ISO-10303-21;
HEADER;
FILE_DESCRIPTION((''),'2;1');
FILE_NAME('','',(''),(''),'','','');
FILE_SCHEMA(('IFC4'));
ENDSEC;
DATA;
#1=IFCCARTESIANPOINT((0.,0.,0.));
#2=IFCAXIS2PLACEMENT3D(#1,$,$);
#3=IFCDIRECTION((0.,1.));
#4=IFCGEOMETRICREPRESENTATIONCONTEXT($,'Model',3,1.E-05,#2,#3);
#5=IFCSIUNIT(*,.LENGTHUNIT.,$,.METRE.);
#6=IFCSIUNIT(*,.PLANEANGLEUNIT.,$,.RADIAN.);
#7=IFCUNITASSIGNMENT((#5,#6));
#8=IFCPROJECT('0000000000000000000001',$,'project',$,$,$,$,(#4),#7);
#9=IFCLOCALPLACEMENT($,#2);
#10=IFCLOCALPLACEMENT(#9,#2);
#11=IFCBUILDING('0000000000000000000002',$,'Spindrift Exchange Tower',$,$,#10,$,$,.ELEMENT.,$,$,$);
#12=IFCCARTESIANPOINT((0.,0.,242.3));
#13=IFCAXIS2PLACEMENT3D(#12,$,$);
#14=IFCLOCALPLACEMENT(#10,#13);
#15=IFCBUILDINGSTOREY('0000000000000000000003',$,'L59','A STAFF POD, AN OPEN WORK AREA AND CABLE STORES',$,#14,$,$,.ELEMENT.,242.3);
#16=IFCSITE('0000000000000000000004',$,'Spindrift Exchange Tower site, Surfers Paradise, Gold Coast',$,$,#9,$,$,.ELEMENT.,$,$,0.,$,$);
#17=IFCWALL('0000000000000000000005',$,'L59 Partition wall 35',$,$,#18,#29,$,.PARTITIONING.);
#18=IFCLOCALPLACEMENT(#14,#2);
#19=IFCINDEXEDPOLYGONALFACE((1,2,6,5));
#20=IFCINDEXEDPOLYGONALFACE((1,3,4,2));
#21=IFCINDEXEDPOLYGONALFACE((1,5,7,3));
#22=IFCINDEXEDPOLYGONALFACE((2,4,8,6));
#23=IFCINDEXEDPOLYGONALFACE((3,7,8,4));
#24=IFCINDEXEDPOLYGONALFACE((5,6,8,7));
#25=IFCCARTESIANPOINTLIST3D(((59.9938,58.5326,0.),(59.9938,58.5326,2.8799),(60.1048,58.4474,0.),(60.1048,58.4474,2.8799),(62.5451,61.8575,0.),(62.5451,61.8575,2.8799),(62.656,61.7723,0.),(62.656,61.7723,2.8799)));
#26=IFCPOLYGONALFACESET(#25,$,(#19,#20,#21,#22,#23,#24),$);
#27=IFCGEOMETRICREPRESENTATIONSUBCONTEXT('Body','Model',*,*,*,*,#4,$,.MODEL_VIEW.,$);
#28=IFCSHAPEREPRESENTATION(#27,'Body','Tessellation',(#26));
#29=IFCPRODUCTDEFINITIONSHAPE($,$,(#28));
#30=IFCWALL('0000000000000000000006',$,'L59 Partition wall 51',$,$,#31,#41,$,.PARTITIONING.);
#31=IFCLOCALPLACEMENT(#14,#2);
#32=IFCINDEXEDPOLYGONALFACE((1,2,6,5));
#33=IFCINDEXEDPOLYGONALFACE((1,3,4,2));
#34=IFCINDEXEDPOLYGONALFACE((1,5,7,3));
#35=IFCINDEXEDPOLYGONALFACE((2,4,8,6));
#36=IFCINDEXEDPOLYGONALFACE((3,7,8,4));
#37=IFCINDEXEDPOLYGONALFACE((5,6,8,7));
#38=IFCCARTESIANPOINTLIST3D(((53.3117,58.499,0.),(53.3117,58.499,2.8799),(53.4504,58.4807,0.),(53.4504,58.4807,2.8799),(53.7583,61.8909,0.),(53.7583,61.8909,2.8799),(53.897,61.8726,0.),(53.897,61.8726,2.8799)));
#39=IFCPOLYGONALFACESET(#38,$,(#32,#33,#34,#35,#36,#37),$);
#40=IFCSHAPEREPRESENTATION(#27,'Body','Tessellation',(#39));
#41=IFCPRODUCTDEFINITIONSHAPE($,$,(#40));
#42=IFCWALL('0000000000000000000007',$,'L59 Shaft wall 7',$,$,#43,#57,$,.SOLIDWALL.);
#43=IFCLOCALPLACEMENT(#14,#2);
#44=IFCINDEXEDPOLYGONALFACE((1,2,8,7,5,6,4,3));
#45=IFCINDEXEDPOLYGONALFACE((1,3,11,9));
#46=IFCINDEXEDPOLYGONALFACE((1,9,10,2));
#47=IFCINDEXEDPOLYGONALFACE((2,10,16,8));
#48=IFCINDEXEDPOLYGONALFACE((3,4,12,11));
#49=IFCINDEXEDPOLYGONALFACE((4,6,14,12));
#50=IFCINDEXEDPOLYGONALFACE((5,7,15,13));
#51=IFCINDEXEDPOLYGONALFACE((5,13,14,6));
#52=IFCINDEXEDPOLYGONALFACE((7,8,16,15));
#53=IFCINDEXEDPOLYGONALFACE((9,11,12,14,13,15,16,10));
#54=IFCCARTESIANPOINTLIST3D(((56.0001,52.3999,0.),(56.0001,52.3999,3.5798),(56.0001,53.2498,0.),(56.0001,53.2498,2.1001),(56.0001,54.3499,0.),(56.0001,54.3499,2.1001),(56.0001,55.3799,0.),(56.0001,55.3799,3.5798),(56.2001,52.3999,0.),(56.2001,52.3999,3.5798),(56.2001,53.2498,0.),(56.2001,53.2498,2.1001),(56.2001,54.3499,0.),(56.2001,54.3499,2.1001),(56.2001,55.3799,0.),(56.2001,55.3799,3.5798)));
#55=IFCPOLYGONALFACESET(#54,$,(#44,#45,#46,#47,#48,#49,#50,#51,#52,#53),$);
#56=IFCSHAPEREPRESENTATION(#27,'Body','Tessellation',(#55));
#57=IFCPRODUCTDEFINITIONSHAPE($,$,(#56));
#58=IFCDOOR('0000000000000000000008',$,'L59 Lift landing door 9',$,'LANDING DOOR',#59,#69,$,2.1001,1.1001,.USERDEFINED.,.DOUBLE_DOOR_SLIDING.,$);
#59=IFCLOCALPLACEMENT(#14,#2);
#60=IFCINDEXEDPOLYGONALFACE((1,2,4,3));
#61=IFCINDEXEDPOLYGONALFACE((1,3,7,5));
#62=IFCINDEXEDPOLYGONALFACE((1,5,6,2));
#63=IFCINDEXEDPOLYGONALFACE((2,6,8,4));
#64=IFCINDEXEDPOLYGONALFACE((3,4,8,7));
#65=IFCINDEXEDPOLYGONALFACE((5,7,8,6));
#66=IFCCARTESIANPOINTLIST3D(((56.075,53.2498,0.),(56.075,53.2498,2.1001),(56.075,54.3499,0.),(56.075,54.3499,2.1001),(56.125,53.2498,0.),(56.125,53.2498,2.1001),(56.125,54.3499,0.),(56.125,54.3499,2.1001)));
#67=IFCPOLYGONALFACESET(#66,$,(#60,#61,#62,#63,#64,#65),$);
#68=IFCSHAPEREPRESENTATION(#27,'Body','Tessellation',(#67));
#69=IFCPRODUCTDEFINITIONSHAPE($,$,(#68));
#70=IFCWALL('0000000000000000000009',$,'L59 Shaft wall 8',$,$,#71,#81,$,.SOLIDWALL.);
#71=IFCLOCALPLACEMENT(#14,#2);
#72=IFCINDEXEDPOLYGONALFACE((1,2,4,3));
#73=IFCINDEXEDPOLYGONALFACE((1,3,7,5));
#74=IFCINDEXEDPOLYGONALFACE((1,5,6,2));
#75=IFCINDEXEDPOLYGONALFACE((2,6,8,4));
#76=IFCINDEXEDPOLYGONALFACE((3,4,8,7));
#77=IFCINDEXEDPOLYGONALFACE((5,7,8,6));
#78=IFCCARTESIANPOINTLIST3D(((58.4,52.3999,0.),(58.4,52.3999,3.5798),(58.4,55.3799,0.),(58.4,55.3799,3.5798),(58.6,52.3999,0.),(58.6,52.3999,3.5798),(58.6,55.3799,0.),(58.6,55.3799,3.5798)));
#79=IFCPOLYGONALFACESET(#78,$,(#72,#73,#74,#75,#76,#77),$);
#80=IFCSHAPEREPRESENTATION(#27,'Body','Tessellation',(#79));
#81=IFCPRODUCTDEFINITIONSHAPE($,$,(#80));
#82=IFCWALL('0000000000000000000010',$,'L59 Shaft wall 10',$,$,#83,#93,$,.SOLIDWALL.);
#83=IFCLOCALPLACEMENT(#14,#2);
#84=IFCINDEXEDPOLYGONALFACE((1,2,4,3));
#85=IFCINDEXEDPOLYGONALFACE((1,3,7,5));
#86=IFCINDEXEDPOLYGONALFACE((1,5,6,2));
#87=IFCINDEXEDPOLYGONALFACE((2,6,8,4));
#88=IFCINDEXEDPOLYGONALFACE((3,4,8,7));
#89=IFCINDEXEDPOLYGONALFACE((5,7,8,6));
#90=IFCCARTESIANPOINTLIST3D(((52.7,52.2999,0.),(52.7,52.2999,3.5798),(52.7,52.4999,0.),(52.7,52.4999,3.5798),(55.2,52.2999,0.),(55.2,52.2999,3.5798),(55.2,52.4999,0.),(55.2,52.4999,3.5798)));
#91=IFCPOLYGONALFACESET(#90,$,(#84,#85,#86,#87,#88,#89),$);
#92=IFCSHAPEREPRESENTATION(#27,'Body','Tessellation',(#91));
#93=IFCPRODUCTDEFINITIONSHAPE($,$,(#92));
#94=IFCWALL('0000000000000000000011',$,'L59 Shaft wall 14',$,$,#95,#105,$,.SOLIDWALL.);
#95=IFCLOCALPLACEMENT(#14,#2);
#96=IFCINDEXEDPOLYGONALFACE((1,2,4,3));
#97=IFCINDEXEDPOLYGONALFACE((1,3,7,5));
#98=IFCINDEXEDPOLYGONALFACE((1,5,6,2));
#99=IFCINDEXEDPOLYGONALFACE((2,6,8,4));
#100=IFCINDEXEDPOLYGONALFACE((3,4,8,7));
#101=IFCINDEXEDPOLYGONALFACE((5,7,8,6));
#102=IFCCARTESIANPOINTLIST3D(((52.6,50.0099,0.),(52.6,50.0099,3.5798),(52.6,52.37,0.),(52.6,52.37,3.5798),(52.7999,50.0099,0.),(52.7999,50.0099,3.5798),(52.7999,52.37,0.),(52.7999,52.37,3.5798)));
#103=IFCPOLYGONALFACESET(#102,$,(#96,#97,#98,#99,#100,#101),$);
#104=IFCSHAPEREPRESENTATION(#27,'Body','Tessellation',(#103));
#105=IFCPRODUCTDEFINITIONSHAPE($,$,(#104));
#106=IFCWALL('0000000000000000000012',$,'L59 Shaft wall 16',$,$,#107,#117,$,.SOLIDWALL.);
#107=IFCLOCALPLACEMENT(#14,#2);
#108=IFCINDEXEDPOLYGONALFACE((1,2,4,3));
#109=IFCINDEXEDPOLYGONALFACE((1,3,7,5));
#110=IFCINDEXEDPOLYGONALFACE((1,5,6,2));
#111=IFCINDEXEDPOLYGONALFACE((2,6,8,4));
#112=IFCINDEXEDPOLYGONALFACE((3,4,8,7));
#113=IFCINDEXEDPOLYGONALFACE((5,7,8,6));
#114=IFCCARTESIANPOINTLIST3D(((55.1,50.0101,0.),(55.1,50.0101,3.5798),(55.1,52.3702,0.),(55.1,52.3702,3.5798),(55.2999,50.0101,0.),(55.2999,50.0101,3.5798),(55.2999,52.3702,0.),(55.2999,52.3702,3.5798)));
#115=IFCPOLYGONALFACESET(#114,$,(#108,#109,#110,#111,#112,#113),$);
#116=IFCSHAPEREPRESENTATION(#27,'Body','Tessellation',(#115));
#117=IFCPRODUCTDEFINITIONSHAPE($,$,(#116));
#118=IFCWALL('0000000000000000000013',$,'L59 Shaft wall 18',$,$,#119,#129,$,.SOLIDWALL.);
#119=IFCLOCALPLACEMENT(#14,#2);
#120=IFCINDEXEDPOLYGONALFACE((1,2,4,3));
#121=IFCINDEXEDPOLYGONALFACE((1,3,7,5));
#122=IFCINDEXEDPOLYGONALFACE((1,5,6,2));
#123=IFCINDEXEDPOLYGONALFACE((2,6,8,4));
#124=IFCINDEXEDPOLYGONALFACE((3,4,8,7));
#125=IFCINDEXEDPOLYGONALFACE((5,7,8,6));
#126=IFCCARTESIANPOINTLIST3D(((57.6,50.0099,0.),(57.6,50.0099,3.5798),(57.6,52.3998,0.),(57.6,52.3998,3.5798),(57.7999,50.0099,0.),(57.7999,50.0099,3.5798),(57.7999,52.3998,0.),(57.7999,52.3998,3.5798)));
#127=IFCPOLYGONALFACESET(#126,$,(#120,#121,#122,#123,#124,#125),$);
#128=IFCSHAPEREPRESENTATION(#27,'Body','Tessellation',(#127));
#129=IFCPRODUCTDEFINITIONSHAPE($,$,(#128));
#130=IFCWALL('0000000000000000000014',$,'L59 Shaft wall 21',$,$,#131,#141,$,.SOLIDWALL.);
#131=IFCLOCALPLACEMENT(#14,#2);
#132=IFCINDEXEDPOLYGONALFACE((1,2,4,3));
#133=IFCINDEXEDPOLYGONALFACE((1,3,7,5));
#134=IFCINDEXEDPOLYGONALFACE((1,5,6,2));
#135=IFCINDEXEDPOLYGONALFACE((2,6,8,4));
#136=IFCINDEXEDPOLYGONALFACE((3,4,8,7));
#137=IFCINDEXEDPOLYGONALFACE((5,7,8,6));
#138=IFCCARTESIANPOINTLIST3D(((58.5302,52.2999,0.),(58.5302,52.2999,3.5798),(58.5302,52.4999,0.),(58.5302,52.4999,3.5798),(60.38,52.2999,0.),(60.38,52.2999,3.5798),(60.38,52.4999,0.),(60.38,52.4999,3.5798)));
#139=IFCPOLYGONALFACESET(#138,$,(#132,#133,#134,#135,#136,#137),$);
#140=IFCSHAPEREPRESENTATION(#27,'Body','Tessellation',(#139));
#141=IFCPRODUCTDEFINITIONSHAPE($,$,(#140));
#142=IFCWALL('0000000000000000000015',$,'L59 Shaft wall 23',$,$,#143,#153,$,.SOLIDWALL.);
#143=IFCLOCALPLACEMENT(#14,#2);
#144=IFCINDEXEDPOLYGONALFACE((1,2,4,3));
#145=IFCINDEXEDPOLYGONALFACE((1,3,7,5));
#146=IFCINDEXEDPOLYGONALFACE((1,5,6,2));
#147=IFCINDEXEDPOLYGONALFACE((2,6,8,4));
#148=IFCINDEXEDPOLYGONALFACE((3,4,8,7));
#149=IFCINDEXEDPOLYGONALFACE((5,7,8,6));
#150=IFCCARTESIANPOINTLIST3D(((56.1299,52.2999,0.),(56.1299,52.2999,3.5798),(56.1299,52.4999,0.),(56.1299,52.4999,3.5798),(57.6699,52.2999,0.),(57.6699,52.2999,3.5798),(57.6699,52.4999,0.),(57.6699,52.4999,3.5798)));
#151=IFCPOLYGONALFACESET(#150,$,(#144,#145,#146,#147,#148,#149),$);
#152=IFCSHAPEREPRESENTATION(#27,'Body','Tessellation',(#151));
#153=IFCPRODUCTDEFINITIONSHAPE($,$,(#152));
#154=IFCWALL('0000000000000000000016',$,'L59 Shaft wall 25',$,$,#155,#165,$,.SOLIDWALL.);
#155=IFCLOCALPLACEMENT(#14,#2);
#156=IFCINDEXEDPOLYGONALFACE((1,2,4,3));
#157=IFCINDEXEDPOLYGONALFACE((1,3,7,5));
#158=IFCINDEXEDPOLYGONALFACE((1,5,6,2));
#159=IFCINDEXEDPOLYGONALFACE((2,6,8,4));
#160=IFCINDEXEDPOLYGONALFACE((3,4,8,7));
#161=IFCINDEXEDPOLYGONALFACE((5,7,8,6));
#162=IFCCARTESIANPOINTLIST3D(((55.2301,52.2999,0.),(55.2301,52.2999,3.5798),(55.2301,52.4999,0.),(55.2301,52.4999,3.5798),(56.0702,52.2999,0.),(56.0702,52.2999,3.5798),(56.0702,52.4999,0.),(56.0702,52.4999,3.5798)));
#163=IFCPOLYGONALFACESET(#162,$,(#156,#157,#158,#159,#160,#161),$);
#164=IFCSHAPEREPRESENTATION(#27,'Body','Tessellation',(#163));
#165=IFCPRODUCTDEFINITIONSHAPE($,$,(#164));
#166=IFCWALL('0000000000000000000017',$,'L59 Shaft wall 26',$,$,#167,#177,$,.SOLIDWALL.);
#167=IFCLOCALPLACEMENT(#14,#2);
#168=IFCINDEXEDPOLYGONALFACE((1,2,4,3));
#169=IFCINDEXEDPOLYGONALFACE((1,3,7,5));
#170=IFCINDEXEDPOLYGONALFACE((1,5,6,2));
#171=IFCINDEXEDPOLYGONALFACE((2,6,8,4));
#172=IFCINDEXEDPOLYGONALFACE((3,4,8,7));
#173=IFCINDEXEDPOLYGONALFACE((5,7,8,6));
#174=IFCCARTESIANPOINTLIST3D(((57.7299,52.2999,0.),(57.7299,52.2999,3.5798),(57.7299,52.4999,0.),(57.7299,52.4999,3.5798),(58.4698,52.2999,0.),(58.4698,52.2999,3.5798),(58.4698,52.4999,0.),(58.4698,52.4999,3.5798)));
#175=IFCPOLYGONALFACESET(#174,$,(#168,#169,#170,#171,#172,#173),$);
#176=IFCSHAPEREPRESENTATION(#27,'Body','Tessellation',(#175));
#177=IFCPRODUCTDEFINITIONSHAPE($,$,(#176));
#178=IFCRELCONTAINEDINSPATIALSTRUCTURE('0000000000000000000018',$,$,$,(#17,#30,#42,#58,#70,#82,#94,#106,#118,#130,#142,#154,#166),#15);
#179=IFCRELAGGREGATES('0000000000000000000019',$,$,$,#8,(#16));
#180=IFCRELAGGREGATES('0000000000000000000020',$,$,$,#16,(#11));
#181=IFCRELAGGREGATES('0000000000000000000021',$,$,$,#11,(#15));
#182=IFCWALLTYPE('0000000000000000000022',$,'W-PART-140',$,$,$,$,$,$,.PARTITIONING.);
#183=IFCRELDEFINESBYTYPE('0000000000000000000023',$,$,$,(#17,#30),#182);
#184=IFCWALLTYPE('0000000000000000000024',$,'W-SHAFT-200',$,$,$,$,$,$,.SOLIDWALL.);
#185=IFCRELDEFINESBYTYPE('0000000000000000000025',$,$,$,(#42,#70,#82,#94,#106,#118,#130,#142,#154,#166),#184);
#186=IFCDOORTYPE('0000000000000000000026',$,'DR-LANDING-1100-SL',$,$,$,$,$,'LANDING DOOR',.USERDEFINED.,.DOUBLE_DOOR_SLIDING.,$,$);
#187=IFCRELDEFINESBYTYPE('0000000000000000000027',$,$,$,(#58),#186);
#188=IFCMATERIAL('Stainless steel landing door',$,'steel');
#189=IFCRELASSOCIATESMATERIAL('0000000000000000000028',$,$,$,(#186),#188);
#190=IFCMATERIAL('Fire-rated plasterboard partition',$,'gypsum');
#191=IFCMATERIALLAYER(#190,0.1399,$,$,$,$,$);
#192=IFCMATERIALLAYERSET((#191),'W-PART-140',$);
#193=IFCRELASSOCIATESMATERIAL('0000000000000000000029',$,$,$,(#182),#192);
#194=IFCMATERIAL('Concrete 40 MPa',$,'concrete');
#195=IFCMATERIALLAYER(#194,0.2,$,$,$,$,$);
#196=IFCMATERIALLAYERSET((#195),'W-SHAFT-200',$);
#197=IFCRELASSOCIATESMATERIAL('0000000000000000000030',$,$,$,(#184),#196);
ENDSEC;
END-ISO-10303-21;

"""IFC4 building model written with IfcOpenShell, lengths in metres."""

from ifc_helpers import new_model, si_unit, direction, frame, frame_2d, origin, place, context, subcontext, project, spatial, rectangle, extrude, source, transform, mapped, material, layer, layer_set, type_object, element, fill, save


model = new_model("IFC4")

# Units and contexts
model_context = context("Model", 3, precision=1e-05, world=origin(), true_north=direction((0.0, 1.0)))
body_context = subcontext(model_context, "Body", "Model", "MODEL_VIEW")
ifc_project = project(units=[si_unit("LENGTHUNIT", "METRE"), si_unit("PLANEANGLEUNIT", "RADIAN")], contexts=[model_context])

# Site, building, storey
site_placement = place(None, origin())
site = spatial("IfcSite", under=ifc_project, at=site_placement, Name="Spindrift Exchange Tower site, Surfers Paradise, Gold Coast", CompositionType="ELEMENT", RefElevation=0.0)
building_placement = place(site_placement, origin())
building = spatial("IfcBuilding", under=site, at=building_placement, Name="Spindrift Exchange Tower", CompositionType="ELEMENT")
storey_placement = place(building_placement, frame((0.0, 0.0, 242.3)))
storey = spatial("IfcBuildingStorey", under=building, at=storey_placement, Name="L59", Description="A STAFF POD, AN OPEN WORK AREA AND CABLE STORES", CompositionType="ELEMENT", Elevation=242.3)

# Shared definitions
ifc_material_1 = material(Name="Stainless steel landing door", Category="steel")
door_type_1 = type_object("IfcDoorType", Name="DR-LANDING-1100-SL", ElementType="LANDING DOOR", OperationType="DOUBLE_DOOR_SLIDING", PredefinedType="USERDEFINED", material=ifc_material_1)
shared_shape_1 = source(origin(), body_context, "Body", "SweptSolid", [
    extrude(rectangle(XDim=1.1001, YDim=2.1001, at=frame_2d((0.55, 1.05))), frame((0.0, 0.0249, 0.0), z_axis=(0.0, -1.0, 0.0), x_axis=(1.0, 0.0, 0.0)), (0.0, 0.0, 1.0), 0.05),
])

# Walls
ifc_material_2 = material(Name="Fire-rated plasterboard partition", Category="gypsum")
ifc_layer_1 = layer(ifc_material_2, 0.1399)
ifc_layer_set_1 = layer_set([ifc_layer_1], Name="W-PART-140")
wall_type_1 = type_object("IfcWallType", Name="W-PART-140", PredefinedType="PARTITIONING", material=ifc_layer_set_1)
wall_1_placement = place(storey_placement, frame((60.0493, 58.49, 0.0), z_axis=(0.0, 0.0, 1.0), x_axis=(0.608753, 0.79336, 0.0)))
element("IfcWall", 1, at=wall_1_placement, inside=storey, type_object=wall_type_1, Name="L59 Partition wall 35", PredefinedType="PARTITIONING", context=body_context, shape_type="SweptSolid", body=[
    extrude(rectangle(XDim=4.1909, YDim=0.1399, at=frame_2d((2.0955, 0.0))), origin(), (0.0, 0.0, 1.0), 2.8799),
])
wall_2_placement = place(storey_placement, frame((53.3811, 58.49, 0.0), z_axis=(0.0, 0.0, 1.0), x_axis=(0.130523, 0.991445, 0.0)))
element("IfcWall", 2, at=wall_2_placement, inside=storey, type_object=wall_type_1, Name="L59 Partition wall 51", PredefinedType="PARTITIONING", context=body_context, shape_type="SweptSolid", body=[
    extrude(rectangle(XDim=3.4211, YDim=0.1399, at=frame_2d((1.7104, 0.0))), origin(), (0.0, 0.0, 1.0), 2.8799),
])

# Wall, opening, door
ifc_material_3 = material(Name="Concrete 40 MPa", Category="concrete")
ifc_layer_2 = layer(ifc_material_3, 0.2)
ifc_layer_set_2 = layer_set([ifc_layer_2], Name="W-SHAFT-200")
wall_type_2 = type_object("IfcWallType", Name="W-SHAFT-200", PredefinedType="SOLIDWALL", material=ifc_layer_set_2)
wall_3_placement = place(storey_placement, frame((56.1001, 55.3799, 0.0), z_axis=(0.0, 0.0, 1.0), x_axis=(0.0, -1.0, 0.0)))
wall_3 = element("IfcWall", 3, at=wall_3_placement, inside=storey, type_object=wall_type_2, Name="L59 Shaft wall 7", PredefinedType="SOLIDWALL", context=body_context, shape_type="SweptSolid", body=[
    extrude(rectangle(XDim=2.98, YDim=0.2, at=frame_2d((1.49, 0.0))), origin(), (0.0, 0.0, 1.0), 3.5798),
])
opening_1_placement = place(wall_3_placement, frame((1.03, 0.0, 0.0)))
opening_1 = element("IfcOpeningElement", 4, at=opening_1_placement, cuts=wall_3, PredefinedType="OPENING", context=body_context, shape_type="SweptSolid", body=[
    extrude(rectangle(XDim=1.1001, YDim=2.1001, at=frame_2d((0.55, 1.05))), frame((0.0, 0.1099, 0.0), z_axis=(0.0, -1.0, 0.0), x_axis=(1.0, 0.0, 0.0)), (0.0, 0.0, 1.0), 0.22),
])
door_1_placement = place(opening_1_placement, origin())
door_1 = element("IfcDoor", 5, at=door_1_placement, inside=storey, type_object=door_type_1, Name="L59 Lift landing door 9", ObjectType="LANDING DOOR", OperationType="DOUBLE_DOOR_SLIDING", OverallHeight=2.1001, OverallWidth=1.1001, PredefinedType="USERDEFINED", context=body_context, shape_type="MappedRepresentation", body=[
    mapped(shared_shape_1, transform((0.0, 0.0, 0.0), scale=1.0)),
])
fill(opening_1, door_1)

# Walls
wall_4_placement = place(storey_placement, frame((58.5, 52.3999, 0.0), z_axis=(0.0, 0.0, 1.0), x_axis=(0.0, 1.0, 0.0)))
element("IfcWall", 6, at=wall_4_placement, inside=storey, type_object=wall_type_2, Name="L59 Shaft wall 8", PredefinedType="SOLIDWALL", context=body_context, shape_type="SweptSolid", body=[
    extrude(rectangle(XDim=2.98, YDim=0.2, at=frame_2d((1.49, 0.0))), origin(), (0.0, 0.0, 1.0), 3.5798),
])
wall_5_placement = place(storey_placement, frame((55.2, 52.3999, 0.0), z_axis=(0.0, 0.0, 1.0), x_axis=(-1.0, 0.0, 0.0)))
element("IfcWall", 7, at=wall_5_placement, inside=storey, type_object=wall_type_2, Name="L59 Shaft wall 10", PredefinedType="SOLIDWALL", context=body_context, shape_type="SweptSolid", body=[
    extrude(rectangle(XDim=2.5, YDim=0.2, at=frame_2d((1.25, 0.0))), origin(), (0.0, 0.0, 1.0), 3.5798),
])
for number, where, z_axis, x_axis, name in (
    (8, (52.7, 52.3701, 0.0), (0.0, 0.0, 1.0), (0.0, -1.0, 0.0), "L59 Shaft wall 14"),
    (9, (55.2, 50.01, 0.0), (0.0, 0.0, 1.0), (0.0, 1.0, 0.0), "L59 Shaft wall 16"),
):
    element("IfcWall", number, at=place(storey_placement, frame(where, z_axis=z_axis, x_axis=x_axis)), inside=storey, type_object=wall_type_2, Name=name, PredefinedType="SOLIDWALL", context=body_context, shape_type="SweptSolid", body=[
        extrude(rectangle(XDim=2.3601, YDim=0.2, at=frame_2d((1.1802, 0.0))), origin(), (0.0, 0.0, 1.0), 3.5798),
    ])
wall_6_placement = place(storey_placement, frame((57.7, 50.01, 0.0), z_axis=(0.0, 0.0, 1.0), x_axis=(0.0, 1.0, 0.0)))
element("IfcWall", 10, at=wall_6_placement, inside=storey, type_object=wall_type_2, Name="L59 Shaft wall 18", PredefinedType="SOLIDWALL", context=body_context, shape_type="SweptSolid", body=[
    extrude(rectangle(XDim=2.3899, YDim=0.2, at=frame_2d((1.1948, 0.0))), origin(), (0.0, 0.0, 1.0), 3.5798),
])
wall_7_placement = place(storey_placement, frame((60.3799, 52.3999, 0.0), z_axis=(0.0, 0.0, 1.0), x_axis=(-1.0, 0.0, 0.0)))
element("IfcWall", 11, at=wall_7_placement, inside=storey, type_object=wall_type_2, Name="L59 Shaft wall 21", PredefinedType="SOLIDWALL", context=body_context, shape_type="SweptSolid", body=[
    extrude(rectangle(XDim=1.8499, YDim=0.2, at=frame_2d((0.9248, 0.0))), origin(), (0.0, 0.0, 1.0), 3.5798),
])
wall_8_placement = place(storey_placement, frame((57.6699, 52.3999, 0.0), z_axis=(0.0, 0.0, 1.0), x_axis=(-1.0, 0.0, 0.0)))
element("IfcWall", 12, at=wall_8_placement, inside=storey, type_object=wall_type_2, Name="L59 Shaft wall 23", PredefinedType="SOLIDWALL", context=body_context, shape_type="SweptSolid", body=[
    extrude(rectangle(XDim=1.54, YDim=0.2, at=frame_2d((0.77, 0.0))), origin(), (0.0, 0.0, 1.0), 3.5798),
])
wall_9_placement = place(storey_placement, frame((56.0701, 52.3999, 0.0), z_axis=(0.0, 0.0, 1.0), x_axis=(-1.0, 0.0, 0.0)))
element("IfcWall", 13, at=wall_9_placement, inside=storey, type_object=wall_type_2, Name="L59 Shaft wall 25", PredefinedType="SOLIDWALL", context=body_context, shape_type="SweptSolid", body=[
    extrude(rectangle(XDim=0.8401, YDim=0.2, at=frame_2d((0.4199, 0.0))), origin(), (0.0, 0.0, 1.0), 3.5798),
])
wall_10_placement = place(storey_placement, frame((58.47, 52.3999, 0.0), z_axis=(0.0, 0.0, 1.0), x_axis=(-1.0, 0.0, 0.0)))
element("IfcWall", 14, at=wall_10_placement, inside=storey, type_object=wall_type_2, Name="L59 Shaft wall 26", PredefinedType="SOLIDWALL", context=body_context, shape_type="SweptSolid", body=[
    extrude(rectangle(XDim=0.74, YDim=0.2, at=frame_2d((0.3701, 0.0))), origin(), (0.0, 0.0, 1.0), 3.5798),
])

save(model, "model.ifc")
